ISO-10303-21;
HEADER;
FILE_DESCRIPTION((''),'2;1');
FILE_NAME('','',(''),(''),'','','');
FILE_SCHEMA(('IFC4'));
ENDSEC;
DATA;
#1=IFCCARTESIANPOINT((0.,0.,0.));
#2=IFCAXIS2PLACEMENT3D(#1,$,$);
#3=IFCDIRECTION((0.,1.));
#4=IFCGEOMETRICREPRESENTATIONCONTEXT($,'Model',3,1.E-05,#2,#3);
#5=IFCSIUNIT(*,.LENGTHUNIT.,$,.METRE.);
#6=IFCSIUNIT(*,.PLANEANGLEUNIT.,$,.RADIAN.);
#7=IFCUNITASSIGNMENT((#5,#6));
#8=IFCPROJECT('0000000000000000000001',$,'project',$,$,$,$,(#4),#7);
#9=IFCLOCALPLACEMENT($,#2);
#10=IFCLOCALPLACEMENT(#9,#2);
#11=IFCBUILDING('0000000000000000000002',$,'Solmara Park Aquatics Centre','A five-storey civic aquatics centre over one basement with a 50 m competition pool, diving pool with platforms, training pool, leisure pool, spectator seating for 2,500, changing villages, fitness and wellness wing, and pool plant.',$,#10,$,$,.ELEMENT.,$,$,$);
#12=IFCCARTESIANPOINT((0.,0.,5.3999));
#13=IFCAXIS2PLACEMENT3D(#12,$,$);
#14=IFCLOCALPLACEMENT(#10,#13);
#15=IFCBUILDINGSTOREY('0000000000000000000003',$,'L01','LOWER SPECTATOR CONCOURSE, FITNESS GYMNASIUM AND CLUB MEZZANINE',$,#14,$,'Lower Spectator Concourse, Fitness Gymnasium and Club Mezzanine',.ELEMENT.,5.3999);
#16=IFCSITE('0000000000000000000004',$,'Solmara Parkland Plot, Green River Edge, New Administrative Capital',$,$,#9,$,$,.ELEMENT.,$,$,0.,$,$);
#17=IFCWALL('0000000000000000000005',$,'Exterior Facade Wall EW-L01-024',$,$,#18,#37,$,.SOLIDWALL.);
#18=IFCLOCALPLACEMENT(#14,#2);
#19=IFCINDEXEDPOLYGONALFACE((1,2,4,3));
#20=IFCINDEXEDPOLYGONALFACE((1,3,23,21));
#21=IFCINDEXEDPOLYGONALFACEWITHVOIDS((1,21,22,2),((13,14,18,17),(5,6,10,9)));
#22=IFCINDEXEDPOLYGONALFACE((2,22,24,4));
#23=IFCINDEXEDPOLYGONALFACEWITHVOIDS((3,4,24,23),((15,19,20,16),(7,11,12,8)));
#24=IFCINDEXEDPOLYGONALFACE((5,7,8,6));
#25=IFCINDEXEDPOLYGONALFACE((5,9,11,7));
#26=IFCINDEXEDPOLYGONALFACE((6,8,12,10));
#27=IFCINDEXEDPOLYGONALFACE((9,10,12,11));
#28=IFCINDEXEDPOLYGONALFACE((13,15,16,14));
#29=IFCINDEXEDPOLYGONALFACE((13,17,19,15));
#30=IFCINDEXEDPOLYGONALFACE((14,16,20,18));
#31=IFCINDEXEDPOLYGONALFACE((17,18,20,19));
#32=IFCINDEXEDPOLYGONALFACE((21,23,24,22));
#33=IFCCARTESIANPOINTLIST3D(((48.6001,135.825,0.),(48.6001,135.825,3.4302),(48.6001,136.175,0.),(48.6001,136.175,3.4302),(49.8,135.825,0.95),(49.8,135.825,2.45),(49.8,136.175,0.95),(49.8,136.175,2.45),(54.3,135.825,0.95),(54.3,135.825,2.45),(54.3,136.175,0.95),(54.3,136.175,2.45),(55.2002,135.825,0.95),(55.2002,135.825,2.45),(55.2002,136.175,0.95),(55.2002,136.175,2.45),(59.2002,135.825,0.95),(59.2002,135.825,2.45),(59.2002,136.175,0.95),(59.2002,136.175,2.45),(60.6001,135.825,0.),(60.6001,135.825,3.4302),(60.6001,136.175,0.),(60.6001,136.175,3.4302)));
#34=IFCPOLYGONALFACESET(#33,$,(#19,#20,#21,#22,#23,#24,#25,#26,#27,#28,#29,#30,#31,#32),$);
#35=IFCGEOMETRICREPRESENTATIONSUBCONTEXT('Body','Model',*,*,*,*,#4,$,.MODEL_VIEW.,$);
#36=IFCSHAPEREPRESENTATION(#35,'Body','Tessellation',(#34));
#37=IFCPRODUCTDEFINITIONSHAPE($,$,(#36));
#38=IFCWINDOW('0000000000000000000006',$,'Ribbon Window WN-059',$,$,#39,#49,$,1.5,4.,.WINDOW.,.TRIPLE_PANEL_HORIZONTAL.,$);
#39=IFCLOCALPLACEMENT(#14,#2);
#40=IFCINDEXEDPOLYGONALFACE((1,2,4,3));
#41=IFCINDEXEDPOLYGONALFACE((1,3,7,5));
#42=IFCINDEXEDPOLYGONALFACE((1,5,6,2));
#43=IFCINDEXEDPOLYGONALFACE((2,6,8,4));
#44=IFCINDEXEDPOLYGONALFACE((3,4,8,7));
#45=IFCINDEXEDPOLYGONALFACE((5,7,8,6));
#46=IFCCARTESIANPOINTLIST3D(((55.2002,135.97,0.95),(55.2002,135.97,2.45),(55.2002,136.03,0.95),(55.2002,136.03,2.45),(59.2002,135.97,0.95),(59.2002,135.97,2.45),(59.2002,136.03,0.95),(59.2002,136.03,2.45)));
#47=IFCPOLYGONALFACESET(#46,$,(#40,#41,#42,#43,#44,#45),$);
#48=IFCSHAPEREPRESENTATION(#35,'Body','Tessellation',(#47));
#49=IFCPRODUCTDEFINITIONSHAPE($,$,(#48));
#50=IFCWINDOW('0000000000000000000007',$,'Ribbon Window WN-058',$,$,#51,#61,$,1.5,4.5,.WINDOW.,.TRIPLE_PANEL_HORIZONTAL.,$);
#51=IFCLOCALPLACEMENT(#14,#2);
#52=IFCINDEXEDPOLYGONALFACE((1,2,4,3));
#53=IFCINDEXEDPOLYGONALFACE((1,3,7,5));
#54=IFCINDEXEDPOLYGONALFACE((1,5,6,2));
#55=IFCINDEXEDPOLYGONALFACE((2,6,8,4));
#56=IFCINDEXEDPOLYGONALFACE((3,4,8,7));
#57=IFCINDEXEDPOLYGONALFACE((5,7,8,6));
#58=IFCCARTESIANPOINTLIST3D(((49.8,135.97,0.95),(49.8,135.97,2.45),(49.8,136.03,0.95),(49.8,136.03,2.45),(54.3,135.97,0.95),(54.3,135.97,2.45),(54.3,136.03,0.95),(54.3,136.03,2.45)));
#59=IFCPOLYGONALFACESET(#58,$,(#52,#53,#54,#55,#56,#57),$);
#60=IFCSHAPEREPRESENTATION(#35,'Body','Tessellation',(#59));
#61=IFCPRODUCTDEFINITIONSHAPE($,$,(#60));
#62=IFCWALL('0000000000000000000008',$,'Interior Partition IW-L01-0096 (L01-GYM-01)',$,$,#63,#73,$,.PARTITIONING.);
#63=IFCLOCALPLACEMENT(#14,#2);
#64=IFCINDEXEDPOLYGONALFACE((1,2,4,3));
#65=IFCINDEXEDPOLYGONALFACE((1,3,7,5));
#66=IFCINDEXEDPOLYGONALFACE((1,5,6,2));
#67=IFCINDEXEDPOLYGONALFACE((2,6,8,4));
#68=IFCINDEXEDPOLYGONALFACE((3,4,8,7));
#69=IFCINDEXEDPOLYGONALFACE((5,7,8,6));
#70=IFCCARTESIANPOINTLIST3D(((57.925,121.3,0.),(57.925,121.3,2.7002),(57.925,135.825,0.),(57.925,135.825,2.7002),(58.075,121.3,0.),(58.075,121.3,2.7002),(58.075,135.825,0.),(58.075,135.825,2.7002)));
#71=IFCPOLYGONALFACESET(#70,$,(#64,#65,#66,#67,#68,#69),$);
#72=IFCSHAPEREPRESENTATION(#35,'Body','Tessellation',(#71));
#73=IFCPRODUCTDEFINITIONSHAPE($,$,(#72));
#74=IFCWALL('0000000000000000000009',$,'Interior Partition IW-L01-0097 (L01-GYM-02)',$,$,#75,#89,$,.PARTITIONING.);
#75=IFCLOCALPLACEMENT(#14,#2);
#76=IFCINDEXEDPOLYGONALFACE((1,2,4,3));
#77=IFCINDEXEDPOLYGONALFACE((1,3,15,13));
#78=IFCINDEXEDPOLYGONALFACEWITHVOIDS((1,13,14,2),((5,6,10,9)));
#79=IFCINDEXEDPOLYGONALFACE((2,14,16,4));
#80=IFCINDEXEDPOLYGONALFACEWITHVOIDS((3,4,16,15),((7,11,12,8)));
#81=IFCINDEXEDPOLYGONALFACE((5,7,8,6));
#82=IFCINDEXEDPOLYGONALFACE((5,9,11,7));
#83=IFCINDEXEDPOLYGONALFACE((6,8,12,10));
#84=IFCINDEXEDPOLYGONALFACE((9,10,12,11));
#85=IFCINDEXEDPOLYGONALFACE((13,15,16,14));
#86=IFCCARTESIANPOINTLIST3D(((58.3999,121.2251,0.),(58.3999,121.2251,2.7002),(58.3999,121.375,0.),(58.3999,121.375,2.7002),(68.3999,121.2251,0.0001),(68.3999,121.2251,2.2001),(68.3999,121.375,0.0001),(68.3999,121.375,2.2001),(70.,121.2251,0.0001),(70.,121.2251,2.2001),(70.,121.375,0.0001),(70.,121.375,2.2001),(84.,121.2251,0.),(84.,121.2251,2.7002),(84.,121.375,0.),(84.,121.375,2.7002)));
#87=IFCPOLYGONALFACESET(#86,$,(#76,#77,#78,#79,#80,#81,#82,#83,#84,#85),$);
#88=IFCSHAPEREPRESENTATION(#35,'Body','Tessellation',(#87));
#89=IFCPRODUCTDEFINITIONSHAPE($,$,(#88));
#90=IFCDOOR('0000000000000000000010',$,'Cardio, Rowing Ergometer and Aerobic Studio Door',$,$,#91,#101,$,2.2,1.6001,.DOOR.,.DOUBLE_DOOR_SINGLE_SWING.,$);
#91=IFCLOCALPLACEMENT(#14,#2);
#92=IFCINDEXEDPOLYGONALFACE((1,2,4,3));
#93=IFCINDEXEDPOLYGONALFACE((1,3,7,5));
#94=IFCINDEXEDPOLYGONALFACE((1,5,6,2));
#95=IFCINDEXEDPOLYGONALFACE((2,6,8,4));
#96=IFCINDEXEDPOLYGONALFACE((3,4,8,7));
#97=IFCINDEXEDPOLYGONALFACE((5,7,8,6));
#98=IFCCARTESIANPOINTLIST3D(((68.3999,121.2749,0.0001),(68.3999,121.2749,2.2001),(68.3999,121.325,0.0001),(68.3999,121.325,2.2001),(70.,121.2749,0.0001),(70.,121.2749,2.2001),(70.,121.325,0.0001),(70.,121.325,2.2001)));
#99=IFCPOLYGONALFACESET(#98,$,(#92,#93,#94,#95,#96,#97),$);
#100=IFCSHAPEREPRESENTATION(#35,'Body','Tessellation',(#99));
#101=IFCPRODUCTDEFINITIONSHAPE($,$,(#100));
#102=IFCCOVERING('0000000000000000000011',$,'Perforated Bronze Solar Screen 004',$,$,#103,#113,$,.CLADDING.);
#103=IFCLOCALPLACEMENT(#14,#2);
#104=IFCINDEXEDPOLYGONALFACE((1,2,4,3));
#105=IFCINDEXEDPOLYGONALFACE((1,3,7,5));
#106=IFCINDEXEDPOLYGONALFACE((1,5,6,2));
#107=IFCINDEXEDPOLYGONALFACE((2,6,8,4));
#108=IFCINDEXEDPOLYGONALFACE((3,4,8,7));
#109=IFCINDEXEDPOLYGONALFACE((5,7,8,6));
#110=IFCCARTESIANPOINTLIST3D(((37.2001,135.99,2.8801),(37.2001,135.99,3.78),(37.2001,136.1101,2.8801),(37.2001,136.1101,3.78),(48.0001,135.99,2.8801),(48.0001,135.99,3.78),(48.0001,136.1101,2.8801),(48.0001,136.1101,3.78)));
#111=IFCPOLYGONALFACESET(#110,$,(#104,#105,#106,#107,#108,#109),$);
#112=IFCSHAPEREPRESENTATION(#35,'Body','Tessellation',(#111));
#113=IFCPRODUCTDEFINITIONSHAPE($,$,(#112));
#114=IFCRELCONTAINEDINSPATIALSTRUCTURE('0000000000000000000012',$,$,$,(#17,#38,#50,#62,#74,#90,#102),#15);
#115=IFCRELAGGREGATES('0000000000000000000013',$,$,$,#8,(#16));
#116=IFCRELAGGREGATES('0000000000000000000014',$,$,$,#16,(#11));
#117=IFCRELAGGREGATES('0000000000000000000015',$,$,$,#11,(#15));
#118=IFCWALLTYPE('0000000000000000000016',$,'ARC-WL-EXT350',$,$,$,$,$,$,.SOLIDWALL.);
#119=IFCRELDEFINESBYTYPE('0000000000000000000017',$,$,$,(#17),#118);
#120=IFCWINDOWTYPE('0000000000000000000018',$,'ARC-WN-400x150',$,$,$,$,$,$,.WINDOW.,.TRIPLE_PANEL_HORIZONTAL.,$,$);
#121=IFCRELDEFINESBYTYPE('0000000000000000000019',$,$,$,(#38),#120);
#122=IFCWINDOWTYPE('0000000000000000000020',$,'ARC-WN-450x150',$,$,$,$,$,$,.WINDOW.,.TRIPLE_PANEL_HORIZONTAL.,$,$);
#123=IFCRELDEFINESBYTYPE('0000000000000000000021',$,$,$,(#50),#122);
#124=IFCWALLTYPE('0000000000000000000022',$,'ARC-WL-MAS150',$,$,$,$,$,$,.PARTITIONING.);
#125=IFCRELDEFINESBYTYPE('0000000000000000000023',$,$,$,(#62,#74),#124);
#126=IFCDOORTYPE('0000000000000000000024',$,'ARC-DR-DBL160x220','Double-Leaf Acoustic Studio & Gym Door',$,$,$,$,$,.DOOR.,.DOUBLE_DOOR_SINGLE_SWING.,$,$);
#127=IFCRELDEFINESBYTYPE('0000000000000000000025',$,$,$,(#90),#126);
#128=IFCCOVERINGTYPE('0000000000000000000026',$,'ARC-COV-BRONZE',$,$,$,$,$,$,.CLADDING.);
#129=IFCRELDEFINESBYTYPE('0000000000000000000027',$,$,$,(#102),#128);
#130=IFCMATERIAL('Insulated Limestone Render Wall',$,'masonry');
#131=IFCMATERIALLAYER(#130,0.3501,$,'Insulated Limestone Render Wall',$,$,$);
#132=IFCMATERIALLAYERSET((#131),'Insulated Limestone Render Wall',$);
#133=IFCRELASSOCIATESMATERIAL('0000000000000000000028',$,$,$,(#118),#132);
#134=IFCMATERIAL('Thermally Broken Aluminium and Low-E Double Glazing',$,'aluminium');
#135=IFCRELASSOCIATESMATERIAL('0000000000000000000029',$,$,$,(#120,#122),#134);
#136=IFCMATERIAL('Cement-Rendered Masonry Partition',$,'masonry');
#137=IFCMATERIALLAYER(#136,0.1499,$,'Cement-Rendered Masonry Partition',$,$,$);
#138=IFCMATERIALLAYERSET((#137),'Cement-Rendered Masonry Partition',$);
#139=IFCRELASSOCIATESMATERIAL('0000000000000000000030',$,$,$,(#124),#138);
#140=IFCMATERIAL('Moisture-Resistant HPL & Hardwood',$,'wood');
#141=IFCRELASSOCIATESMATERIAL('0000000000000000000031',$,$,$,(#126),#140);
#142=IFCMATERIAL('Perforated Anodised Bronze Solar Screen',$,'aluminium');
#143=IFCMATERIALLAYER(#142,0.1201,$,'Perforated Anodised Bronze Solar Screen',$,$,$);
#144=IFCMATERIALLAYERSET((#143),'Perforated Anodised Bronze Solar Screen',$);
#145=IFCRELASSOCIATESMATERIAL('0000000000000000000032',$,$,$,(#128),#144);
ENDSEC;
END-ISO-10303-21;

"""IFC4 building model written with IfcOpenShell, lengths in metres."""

from ifc_helpers import new_model, si_unit, direction, frame, frame_2d, origin, origin_2d, place, context, subcontext, project, spatial, rectangle, extrude, material, layer, layer_set, type_object, element, fill, save


model = new_model("IFC4")

# Units and contexts
model_context = context("Model", 3, precision=1e-05, world=origin(), true_north=direction((0.0, 1.0)))
body_context = subcontext(model_context, "Body", "Model", "MODEL_VIEW")
ifc_project = project(units=[si_unit("LENGTHUNIT", "METRE"), si_unit("PLANEANGLEUNIT", "RADIAN")], contexts=[model_context])

# Site, building, storey
site_placement = place(None, origin())
site = spatial("IfcSite", under=ifc_project, at=site_placement, Name="Solmara Parkland Plot, Green River Edge, New Administrative Capital", CompositionType="ELEMENT", RefElevation=0.0)
building_placement = place(site_placement, origin())
building = spatial("IfcBuilding", under=site, at=building_placement, Name="Solmara Park Aquatics Centre", Description="A five-storey civic aquatics centre over one basement with a 50 m competition pool, diving pool with platforms, training pool, leisure pool, spectator seating for 2,500, changing villages, fitness and wellness wing, and pool plant.", CompositionType="ELEMENT")
storey_placement = place(building_placement, frame((0.0, 0.0, 5.3999)))
storey = spatial("IfcBuildingStorey", under=building, at=storey_placement, Name="L01", Description="LOWER SPECTATOR CONCOURSE, FITNESS GYMNASIUM AND CLUB MEZZANINE", LongName="Lower Spectator Concourse, Fitness Gymnasium and Club Mezzanine", CompositionType="ELEMENT", Elevation=5.3999)

# Wall, openings, windows
ifc_material_1 = material(Name="Insulated Limestone Render Wall", Category="masonry")
ifc_layer_1 = layer(ifc_material_1, 0.3501, Name="Insulated Limestone Render Wall")
ifc_layer_set_1 = layer_set([ifc_layer_1], Name="Insulated Limestone Render Wall")
wall_type_1 = type_object("IfcWallType", Name="ARC-WL-EXT350", PredefinedType="SOLIDWALL", material=ifc_layer_set_1)
wall_1_placement = place(storey_placement, frame((48.6001, 136.0, 0.0), z_axis=(0.0, 0.0, 1.0), x_axis=(1.0, 0.0, 0.0)))
wall_1 = element("IfcWall", 1, at=wall_1_placement, inside=storey, type_object=wall_type_1, Name="Exterior Facade Wall EW-L01-024", PredefinedType="SOLIDWALL", context=body_context, shape_type="SweptSolid", body=[
    extrude(rectangle(XDim=12.0, YDim=0.3501, at=frame_2d((6.0, 0.0))), origin(), (0.0, 0.0, 1.0), 3.4302),
])
opening_1_placement = place(wall_1_placement, frame((1.2, 0.0, 0.95)))
opening_1 = element("IfcOpeningElement", 2, at=opening_1_placement, cuts=wall_1, PredefinedType="OPENING", context=body_context, shape_type="SweptSolid", body=[
    extrude(rectangle(XDim=4.5, YDim=1.5, at=frame_2d((2.25, 0.75))), frame((0.0, 0.1851, 0.0), z_axis=(0.0, -1.0, 0.0), x_axis=(1.0, 0.0, 0.0)), (0.0, 0.0, 1.0), 0.3701),
])
opening_2_placement = place(wall_1_placement, frame((6.6001, 0.0, 0.95)))
opening_2 = element("IfcOpeningElement", 3, at=opening_2_placement, cuts=wall_1, PredefinedType="OPENING", context=body_context, shape_type="SweptSolid", body=[
    extrude(rectangle(XDim=4.0, YDim=1.5, at=frame_2d((2.0, 0.75))), frame((0.0, 0.1851, 0.0), z_axis=(0.0, -1.0, 0.0), x_axis=(1.0, 0.0, 0.0)), (0.0, 0.0, 1.0), 0.3701),
])
ifc_material_2 = material(Name="Thermally Broken Aluminium and Low-E Double Glazing", Category="aluminium")
window_type_1 = type_object("IfcWindowType", Name="ARC-WN-400x150", PartitioningType="TRIPLE_PANEL_HORIZONTAL", PredefinedType="WINDOW", material=ifc_material_2)
window_1_placement = place(opening_2_placement, origin())
window_1 = element("IfcWindow", 4, at=window_1_placement, inside=storey, type_object=window_type_1, Name="Ribbon Window WN-059", OverallHeight=1.5, OverallWidth=4.0, PartitioningType="TRIPLE_PANEL_HORIZONTAL", PredefinedType="WINDOW", context=body_context, shape_type="SweptSolid", body=[
    extrude(rectangle(XDim=4.0, YDim=1.5, at=frame_2d((2.0, 0.75))), frame((0.0, 0.03, 0.0), z_axis=(0.0, -1.0, 0.0), x_axis=(1.0, 0.0, 0.0)), (0.0, 0.0, 1.0), 0.0601),
])
fill(opening_2, window_1)
window_type_2 = type_object("IfcWindowType", Name="ARC-WN-450x150", PartitioningType="TRIPLE_PANEL_HORIZONTAL", PredefinedType="WINDOW", material=ifc_material_2)
window_2_placement = place(opening_1_placement, origin())
window_2 = element("IfcWindow", 5, at=window_2_placement, inside=storey, type_object=window_type_2, Name="Ribbon Window WN-058", OverallHeight=1.5, OverallWidth=4.5, PartitioningType="TRIPLE_PANEL_HORIZONTAL", PredefinedType="WINDOW", context=body_context, shape_type="SweptSolid", body=[
    extrude(rectangle(XDim=4.5, YDim=1.5, at=frame_2d((2.25, 0.75))), frame((0.0, 0.03, 0.0), z_axis=(0.0, -1.0, 0.0), x_axis=(1.0, 0.0, 0.0)), (0.0, 0.0, 1.0), 0.0601),
])
fill(opening_1, window_2)

# Wall
ifc_material_3 = material(Name="Cement-Rendered Masonry Partition", Category="masonry")
ifc_layer_2 = layer(ifc_material_3, 0.1499, Name="Cement-Rendered Masonry Partition")
ifc_layer_set_2 = layer_set([ifc_layer_2], Name="Cement-Rendered Masonry Partition")
wall_type_2 = type_object("IfcWallType", Name="ARC-WL-MAS150", PredefinedType="PARTITIONING", material=ifc_layer_set_2)
wall_2_placement = place(storey_placement, frame((58.0, 121.3, 0.0), z_axis=(0.0, 0.0, 1.0), x_axis=(0.0, 1.0, 0.0)))
element("IfcWall", 6, at=wall_2_placement, inside=storey, type_object=wall_type_2, Name="Interior Partition IW-L01-0096 (L01-GYM-01)", PredefinedType="PARTITIONING", context=body_context, shape_type="SweptSolid", body=[
    extrude(rectangle(XDim=14.5249, YDim=0.1499, at=frame_2d((7.2625, 0.0))), origin(), (0.0, 0.0, 1.0), 2.7002),
])

# Wall, opening, door
wall_3_placement = place(storey_placement, frame((58.3999, 121.3, 0.0), z_axis=(0.0, 0.0, 1.0), x_axis=(1.0, 0.0, 0.0)))
wall_3 = element("IfcWall", 7, at=wall_3_placement, inside=storey, type_object=wall_type_2, Name="Interior Partition IW-L01-0097 (L01-GYM-02)", PredefinedType="PARTITIONING", context=body_context, shape_type="SweptSolid", body=[
    extrude(rectangle(XDim=25.6001, YDim=0.1499, at=frame_2d((12.8, 0.0))), origin(), (0.0, 0.0, 1.0), 2.7002),
])
opening_3_placement = place(wall_3_placement, frame((10.0, 0.0, 0.0)))
opening_3 = element("IfcOpeningElement", 8, at=opening_3_placement, cuts=wall_3, PredefinedType="OPENING", context=body_context, shape_type="SweptSolid", body=[
    extrude(rectangle(XDim=1.6001, YDim=2.2, at=frame_2d((0.8, 1.1001))), frame((0.0, 0.085, 0.0), z_axis=(0.0, -1.0, 0.0), x_axis=(1.0, 0.0, 0.0)), (0.0, 0.0, 1.0), 0.1699),
])
ifc_material_4 = material(Name="Moisture-Resistant HPL & Hardwood", Category="wood")
door_type = type_object("IfcDoorType", Name="ARC-DR-DBL160x220", Description="Double-Leaf Acoustic Studio & Gym Door", OperationType="DOUBLE_DOOR_SINGLE_SWING", PredefinedType="DOOR", material=ifc_material_4)
door_placement = place(opening_3_placement, origin())
door = element("IfcDoor", 9, at=door_placement, inside=storey, type_object=door_type, Name="Cardio, Rowing Ergometer and Aerobic Studio Door", OperationType="DOUBLE_DOOR_SINGLE_SWING", OverallHeight=2.2, OverallWidth=1.6001, PredefinedType="DOOR", context=body_context, shape_type="SweptSolid", body=[
    extrude(rectangle(XDim=1.6001, YDim=2.2, at=frame_2d((0.8, 1.1001))), frame((0.0, 0.0249, 0.0), z_axis=(0.0, -1.0, 0.0), x_axis=(1.0, 0.0, 0.0)), (0.0, 0.0, 1.0), 0.05),
])
fill(opening_3, door)

# Covering
ifc_material_5 = material(Name="Perforated Anodised Bronze Solar Screen", Category="aluminium")
ifc_layer_3 = layer(ifc_material_5, 0.1201, Name="Perforated Anodised Bronze Solar Screen")
ifc_layer_set_3 = layer_set([ifc_layer_3], Name="Perforated Anodised Bronze Solar Screen")
covering_type = type_object("IfcCoveringType", Name="ARC-COV-BRONZE", PredefinedType="CLADDING", material=ifc_layer_set_3)
covering_placement = place(storey_placement, frame((42.6001, 136.05, 2.8801), z_axis=(0.0, 0.0, 1.0), x_axis=(1.0, 0.0, 0.0)))
element("IfcCovering", 10, at=covering_placement, inside=storey, type_object=covering_type, Name="Perforated Bronze Solar Screen 004", PredefinedType="CLADDING", context=body_context, shape_type="SweptSolid", body=[
    extrude(rectangle(XDim=10.8, YDim=0.1201, at=origin_2d()), origin(), (0.0, 0.0, 1.0), 0.8999),
])

save(model, "model.ifc")
